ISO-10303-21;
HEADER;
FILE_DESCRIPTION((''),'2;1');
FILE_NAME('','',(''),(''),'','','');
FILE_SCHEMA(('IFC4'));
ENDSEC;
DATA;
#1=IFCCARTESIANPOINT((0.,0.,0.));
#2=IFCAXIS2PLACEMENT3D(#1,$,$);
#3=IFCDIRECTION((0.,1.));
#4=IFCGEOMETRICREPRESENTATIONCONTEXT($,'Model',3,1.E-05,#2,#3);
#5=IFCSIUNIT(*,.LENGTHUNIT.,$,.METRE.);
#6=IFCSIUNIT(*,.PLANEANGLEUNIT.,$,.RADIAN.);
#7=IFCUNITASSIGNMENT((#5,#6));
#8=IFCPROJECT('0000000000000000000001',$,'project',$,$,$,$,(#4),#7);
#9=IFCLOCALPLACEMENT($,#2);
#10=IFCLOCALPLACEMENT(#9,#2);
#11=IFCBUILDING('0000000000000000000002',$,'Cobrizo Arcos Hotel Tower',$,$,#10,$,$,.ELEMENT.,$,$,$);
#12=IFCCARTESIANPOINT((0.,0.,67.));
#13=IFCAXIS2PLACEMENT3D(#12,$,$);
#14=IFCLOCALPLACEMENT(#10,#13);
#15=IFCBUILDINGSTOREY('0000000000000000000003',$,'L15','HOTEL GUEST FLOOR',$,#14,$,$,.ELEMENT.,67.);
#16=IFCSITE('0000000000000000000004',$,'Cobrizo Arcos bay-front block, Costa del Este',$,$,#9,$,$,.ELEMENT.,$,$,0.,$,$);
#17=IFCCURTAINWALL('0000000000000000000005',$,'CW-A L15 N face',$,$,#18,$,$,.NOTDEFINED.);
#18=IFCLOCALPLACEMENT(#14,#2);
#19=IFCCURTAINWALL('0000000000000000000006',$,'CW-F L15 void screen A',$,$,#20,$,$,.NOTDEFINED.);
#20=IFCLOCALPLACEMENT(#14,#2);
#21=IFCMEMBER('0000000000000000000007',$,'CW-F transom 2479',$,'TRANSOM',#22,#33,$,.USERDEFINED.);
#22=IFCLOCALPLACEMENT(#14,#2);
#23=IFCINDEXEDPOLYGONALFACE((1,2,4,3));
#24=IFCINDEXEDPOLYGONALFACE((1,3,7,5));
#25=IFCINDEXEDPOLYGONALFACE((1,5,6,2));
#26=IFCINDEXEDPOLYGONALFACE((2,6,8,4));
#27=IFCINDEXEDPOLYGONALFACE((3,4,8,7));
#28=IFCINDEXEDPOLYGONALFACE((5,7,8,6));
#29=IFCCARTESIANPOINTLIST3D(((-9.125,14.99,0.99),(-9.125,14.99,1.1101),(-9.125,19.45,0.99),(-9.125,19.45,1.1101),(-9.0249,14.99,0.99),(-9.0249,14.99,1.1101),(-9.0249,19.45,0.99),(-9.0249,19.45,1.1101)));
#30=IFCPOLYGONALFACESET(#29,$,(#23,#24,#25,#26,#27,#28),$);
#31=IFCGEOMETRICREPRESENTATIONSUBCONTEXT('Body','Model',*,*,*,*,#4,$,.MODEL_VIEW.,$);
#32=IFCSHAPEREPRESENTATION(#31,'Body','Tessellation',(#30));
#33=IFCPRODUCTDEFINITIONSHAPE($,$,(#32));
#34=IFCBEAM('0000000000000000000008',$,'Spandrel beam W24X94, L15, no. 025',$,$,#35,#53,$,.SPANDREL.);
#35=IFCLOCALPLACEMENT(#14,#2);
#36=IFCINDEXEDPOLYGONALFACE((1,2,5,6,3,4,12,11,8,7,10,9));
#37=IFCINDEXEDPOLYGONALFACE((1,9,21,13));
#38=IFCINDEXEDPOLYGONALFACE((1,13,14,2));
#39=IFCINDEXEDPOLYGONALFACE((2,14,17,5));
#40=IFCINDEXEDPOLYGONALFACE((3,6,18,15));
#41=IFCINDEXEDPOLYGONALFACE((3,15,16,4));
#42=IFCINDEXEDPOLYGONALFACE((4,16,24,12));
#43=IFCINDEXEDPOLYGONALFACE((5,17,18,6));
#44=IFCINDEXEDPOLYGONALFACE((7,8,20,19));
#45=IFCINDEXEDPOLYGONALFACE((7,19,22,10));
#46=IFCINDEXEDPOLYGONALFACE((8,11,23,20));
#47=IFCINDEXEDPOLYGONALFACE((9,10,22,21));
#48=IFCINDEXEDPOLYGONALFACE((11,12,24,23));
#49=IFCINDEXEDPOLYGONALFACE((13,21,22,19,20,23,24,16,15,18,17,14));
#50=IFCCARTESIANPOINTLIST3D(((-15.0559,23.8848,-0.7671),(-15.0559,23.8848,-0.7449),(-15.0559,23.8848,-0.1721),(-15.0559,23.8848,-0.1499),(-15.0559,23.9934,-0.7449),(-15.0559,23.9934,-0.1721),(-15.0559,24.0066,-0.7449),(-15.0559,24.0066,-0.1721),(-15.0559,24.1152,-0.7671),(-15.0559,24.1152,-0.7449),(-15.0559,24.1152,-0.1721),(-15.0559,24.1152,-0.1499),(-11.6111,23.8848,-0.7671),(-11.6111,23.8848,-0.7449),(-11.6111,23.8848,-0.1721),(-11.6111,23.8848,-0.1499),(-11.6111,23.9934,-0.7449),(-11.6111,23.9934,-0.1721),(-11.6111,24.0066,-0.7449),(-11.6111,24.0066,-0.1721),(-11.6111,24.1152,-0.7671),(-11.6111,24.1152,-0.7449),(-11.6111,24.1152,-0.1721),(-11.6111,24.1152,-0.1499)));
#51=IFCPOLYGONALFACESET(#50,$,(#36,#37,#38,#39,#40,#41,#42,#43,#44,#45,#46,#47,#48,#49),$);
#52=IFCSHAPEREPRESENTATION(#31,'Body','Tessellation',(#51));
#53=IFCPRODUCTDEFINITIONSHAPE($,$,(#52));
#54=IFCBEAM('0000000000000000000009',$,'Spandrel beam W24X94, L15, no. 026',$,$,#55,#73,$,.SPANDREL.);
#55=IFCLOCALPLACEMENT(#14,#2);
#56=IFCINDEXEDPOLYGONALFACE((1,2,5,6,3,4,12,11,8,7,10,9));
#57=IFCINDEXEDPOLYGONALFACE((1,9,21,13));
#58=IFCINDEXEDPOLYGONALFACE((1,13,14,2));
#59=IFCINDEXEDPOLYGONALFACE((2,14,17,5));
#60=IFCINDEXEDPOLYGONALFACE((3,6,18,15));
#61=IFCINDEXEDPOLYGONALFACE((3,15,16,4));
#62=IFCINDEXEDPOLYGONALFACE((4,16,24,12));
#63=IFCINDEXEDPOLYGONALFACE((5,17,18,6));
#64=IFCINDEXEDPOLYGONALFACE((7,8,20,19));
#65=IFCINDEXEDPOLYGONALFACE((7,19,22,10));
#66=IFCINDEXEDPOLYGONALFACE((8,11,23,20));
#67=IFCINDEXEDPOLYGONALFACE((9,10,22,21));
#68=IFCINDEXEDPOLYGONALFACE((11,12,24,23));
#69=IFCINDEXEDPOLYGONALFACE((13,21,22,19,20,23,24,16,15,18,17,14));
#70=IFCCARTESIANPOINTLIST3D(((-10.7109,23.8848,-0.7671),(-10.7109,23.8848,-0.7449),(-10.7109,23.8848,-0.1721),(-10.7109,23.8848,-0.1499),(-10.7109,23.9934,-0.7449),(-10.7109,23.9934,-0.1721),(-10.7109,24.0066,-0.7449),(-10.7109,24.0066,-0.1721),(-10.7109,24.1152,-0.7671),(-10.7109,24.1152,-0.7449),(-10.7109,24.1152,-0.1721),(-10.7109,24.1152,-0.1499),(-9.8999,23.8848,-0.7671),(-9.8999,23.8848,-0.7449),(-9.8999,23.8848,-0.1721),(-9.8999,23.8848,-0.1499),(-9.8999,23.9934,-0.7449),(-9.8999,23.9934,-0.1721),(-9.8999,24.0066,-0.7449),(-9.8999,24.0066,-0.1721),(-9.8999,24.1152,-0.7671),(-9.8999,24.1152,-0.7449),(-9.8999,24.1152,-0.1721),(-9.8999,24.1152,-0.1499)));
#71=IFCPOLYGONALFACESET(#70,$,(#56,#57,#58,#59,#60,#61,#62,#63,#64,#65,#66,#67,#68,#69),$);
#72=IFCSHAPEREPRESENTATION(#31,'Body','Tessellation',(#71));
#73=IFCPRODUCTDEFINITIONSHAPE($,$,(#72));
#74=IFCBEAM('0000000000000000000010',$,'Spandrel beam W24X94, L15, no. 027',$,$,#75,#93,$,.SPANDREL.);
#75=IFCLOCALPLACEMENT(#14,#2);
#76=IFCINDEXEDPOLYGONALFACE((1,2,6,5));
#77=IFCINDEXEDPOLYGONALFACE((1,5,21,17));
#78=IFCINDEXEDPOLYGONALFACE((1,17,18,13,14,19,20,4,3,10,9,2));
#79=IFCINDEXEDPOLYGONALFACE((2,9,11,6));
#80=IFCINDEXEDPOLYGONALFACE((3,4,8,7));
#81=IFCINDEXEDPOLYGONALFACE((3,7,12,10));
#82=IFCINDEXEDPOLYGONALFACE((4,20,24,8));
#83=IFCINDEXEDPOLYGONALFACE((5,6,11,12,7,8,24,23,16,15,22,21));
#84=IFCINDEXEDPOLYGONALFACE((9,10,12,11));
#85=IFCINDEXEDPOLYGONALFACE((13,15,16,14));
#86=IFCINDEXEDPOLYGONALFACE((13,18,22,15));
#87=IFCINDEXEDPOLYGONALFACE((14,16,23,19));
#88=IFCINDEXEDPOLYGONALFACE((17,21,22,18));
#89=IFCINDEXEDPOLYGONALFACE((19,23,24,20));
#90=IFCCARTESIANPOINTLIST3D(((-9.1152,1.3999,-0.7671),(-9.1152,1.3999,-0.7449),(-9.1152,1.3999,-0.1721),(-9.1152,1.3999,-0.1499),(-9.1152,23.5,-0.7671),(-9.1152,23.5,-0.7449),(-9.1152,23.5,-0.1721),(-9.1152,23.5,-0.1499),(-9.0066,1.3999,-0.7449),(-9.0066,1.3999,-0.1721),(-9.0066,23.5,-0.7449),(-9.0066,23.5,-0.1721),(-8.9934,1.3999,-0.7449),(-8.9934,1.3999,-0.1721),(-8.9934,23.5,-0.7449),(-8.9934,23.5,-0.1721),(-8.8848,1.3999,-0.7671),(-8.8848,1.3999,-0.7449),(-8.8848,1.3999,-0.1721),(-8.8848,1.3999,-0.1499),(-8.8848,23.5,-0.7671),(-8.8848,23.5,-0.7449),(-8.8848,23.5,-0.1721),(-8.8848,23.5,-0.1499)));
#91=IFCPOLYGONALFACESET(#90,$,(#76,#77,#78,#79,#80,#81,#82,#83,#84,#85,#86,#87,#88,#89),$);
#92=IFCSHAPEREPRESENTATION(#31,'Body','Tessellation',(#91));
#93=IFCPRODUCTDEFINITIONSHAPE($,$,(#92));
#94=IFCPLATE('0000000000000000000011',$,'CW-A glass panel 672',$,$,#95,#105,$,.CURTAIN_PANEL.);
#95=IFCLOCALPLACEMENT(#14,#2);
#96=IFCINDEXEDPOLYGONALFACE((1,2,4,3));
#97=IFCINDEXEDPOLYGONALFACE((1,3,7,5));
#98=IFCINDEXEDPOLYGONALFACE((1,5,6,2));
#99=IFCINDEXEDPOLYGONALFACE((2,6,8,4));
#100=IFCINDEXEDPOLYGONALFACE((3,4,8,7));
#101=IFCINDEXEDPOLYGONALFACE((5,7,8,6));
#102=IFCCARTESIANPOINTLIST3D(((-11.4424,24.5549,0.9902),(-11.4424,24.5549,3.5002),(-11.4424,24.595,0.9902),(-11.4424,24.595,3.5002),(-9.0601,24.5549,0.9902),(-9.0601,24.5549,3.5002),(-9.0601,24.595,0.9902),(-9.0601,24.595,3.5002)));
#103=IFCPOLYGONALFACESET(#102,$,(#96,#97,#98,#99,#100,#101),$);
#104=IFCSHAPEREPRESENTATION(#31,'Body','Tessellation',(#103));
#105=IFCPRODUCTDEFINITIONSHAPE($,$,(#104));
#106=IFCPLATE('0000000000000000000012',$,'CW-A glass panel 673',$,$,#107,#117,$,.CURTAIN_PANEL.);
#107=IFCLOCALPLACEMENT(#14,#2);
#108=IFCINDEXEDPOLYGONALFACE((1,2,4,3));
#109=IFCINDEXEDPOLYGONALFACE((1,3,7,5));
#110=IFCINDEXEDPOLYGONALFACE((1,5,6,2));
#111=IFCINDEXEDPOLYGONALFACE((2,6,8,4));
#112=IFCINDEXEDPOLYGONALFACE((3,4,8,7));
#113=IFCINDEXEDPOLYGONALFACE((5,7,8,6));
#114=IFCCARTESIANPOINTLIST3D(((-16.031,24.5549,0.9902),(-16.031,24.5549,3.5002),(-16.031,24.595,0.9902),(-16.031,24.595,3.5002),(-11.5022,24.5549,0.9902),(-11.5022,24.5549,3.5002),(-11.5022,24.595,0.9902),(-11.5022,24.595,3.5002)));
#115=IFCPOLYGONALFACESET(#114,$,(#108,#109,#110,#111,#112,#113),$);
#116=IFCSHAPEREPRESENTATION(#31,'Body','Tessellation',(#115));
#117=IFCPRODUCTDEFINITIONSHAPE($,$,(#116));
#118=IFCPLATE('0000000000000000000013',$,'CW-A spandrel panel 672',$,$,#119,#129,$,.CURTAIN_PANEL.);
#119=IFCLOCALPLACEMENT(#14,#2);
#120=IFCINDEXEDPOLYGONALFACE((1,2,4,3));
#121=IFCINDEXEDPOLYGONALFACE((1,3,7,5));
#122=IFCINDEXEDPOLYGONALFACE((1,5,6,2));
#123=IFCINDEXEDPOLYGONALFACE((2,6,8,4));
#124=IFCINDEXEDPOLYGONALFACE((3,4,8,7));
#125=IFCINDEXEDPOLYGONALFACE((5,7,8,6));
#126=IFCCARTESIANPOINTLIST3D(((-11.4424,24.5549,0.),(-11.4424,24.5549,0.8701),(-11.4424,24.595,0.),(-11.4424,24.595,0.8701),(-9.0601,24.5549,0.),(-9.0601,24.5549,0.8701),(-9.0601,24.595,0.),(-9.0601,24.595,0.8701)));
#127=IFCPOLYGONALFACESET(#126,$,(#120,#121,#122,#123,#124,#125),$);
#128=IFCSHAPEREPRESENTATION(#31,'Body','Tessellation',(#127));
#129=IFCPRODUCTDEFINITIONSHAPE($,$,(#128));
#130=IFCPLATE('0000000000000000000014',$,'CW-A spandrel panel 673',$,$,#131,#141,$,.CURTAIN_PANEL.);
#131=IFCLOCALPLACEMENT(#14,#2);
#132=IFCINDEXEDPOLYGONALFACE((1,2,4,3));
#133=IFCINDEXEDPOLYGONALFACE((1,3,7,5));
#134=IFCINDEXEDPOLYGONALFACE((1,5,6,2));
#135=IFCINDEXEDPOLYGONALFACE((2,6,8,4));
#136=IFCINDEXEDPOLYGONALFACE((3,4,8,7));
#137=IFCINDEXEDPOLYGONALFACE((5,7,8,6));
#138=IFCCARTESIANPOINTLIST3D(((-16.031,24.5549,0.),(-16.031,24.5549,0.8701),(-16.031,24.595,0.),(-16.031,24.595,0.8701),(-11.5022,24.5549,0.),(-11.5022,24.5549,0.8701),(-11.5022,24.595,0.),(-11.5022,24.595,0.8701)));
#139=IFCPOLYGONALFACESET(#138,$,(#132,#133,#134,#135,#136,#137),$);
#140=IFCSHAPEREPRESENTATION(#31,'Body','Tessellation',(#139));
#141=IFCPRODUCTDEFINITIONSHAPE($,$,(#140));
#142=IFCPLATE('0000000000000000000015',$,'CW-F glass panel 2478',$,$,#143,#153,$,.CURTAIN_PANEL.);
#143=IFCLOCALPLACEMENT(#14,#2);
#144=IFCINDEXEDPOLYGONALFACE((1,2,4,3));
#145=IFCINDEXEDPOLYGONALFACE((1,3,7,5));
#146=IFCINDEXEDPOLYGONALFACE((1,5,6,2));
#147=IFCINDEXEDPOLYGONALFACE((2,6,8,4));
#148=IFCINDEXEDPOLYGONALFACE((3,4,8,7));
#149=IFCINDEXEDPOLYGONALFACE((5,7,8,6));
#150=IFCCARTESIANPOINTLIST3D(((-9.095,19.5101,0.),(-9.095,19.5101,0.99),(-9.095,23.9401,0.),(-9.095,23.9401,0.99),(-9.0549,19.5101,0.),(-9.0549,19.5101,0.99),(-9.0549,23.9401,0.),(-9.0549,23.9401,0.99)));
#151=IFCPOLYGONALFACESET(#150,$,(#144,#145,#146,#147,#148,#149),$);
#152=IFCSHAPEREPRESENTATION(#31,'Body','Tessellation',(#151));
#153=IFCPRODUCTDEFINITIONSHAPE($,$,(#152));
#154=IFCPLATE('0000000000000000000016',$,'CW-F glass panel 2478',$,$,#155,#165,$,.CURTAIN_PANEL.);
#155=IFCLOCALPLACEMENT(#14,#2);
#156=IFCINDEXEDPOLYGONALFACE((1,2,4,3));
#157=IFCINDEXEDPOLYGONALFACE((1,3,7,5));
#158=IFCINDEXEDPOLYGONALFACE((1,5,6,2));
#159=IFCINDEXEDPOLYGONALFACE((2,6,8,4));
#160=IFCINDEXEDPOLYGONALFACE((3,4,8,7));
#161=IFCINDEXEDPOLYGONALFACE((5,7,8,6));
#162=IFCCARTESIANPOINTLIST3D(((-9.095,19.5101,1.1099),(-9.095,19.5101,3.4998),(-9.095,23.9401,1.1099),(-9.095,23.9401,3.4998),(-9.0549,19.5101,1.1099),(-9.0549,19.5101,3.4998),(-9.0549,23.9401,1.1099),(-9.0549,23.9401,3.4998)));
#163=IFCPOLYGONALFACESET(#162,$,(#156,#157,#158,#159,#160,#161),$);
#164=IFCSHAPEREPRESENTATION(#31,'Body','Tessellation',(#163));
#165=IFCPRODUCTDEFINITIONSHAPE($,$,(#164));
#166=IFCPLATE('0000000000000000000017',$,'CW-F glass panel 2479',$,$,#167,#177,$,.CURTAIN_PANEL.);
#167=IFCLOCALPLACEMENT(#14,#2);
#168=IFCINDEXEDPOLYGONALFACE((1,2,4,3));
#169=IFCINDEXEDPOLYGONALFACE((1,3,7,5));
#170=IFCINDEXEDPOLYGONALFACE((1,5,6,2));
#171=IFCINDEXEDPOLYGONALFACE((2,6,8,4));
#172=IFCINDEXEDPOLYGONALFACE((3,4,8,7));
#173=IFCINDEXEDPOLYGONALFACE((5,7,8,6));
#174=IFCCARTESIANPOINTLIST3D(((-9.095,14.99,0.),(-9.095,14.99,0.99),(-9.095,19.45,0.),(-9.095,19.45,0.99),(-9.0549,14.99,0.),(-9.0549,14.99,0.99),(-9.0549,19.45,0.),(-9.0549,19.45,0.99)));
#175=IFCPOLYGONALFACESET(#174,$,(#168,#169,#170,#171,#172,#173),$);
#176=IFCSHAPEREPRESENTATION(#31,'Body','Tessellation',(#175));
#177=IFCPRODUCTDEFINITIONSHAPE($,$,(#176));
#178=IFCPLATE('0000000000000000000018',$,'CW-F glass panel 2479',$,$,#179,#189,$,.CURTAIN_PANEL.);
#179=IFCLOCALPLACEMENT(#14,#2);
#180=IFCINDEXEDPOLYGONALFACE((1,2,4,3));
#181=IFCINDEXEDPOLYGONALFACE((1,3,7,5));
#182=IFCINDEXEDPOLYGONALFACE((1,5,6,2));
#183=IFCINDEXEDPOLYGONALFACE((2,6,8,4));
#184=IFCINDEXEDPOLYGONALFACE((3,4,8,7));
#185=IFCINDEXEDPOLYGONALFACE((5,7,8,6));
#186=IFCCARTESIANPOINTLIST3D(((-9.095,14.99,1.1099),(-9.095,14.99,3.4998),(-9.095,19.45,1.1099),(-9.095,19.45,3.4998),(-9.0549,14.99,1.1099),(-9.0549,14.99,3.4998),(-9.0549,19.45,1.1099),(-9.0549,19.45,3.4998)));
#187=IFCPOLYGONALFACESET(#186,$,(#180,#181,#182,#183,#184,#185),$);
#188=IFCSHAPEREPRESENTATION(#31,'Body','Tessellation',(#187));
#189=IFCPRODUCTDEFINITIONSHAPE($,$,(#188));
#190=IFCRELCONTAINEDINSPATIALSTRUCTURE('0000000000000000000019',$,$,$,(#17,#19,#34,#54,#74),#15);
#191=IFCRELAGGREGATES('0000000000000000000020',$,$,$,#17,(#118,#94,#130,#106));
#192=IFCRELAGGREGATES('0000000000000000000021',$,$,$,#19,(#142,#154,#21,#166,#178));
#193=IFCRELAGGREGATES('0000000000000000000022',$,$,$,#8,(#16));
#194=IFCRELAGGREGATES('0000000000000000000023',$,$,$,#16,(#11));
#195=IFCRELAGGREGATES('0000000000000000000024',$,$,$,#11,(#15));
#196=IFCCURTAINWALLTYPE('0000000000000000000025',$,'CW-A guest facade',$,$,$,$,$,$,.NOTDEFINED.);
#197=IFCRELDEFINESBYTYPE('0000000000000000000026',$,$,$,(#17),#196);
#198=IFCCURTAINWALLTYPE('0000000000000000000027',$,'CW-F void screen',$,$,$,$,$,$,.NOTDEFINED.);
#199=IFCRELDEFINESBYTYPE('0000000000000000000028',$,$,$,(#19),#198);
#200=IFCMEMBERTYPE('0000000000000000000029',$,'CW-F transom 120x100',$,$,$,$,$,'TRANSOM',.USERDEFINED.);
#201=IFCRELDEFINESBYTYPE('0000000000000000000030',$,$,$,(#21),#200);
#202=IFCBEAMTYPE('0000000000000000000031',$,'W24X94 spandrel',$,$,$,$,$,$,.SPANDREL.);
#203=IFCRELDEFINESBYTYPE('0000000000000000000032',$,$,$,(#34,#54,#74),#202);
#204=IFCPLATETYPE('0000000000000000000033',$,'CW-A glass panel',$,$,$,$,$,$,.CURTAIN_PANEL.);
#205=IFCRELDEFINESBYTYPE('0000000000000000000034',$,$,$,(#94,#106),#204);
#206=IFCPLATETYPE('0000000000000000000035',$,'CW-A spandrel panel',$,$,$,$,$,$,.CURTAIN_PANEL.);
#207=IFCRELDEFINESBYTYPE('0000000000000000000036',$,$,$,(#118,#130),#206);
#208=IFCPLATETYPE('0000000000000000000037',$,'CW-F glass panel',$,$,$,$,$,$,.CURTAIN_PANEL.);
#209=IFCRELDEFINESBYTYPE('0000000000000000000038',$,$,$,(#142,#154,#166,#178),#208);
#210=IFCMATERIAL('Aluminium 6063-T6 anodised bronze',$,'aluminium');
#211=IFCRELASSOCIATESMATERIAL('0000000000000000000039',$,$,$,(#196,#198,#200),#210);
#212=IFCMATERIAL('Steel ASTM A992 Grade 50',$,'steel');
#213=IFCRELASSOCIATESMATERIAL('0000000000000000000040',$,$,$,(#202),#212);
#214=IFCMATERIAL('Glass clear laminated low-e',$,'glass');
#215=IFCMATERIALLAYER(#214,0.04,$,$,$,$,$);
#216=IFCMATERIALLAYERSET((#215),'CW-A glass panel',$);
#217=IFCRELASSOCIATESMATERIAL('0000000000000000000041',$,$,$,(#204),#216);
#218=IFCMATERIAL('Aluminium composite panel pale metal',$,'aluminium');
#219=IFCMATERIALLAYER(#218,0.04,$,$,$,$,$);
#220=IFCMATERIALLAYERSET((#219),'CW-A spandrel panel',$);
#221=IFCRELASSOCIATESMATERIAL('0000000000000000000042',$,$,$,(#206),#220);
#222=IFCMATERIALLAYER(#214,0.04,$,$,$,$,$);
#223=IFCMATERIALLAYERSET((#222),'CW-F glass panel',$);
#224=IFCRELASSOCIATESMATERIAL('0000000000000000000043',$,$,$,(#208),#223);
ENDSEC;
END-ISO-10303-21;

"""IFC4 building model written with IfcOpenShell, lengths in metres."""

from ifc_helpers import new_model, si_unit, direction, frame, origin, origin_2d, place, context, subcontext, project, spatial, rectangle, i_section, extrude, material, layer, layer_set, material_profile, profile_set, type_object, element, aggregate, save


model = new_model("IFC4")

# Units and contexts
model_context = context("Model", 3, precision=1e-05, world=origin(), true_north=direction((0.0, 1.0)))
body_context = subcontext(model_context, "Body", "Model", "MODEL_VIEW")
ifc_project = project(units=[si_unit("LENGTHUNIT", "METRE"), si_unit("PLANEANGLEUNIT", "RADIAN")], contexts=[model_context])

# Site, building, storey
site_placement = place(None, origin())
site = spatial("IfcSite", under=ifc_project, at=site_placement, Name="Cobrizo Arcos bay-front block, Costa del Este", CompositionType="ELEMENT", RefElevation=0.0)
building_placement = place(site_placement, origin())
building = spatial("IfcBuilding", under=site, at=building_placement, Name="Cobrizo Arcos Hotel Tower", CompositionType="ELEMENT")
storey_placement = place(building_placement, frame((0.0, 0.0, 67.0)))
storey = spatial("IfcBuildingStorey", under=building, at=storey_placement, Name="L15", Description="HOTEL GUEST FLOOR", CompositionType="ELEMENT", Elevation=67.0)

# Curtain walls, member
ifc_material_1 = material(Name="Aluminium 6063-T6 anodised bronze", Category="aluminium")
curtain_wall_type_1 = type_object("IfcCurtainWallType", Name="CW-A guest facade", PredefinedType="NOTDEFINED", material=ifc_material_1)
curtain_wall_1_placement = place(storey_placement, origin())
curtain_wall_1 = element("IfcCurtainWall", 1, at=curtain_wall_1_placement, inside=storey, type_object=curtain_wall_type_1, Name="CW-A L15 N face", PredefinedType="NOTDEFINED")
curtain_wall_type_2 = type_object("IfcCurtainWallType", Name="CW-F void screen", PredefinedType="NOTDEFINED", material=ifc_material_1)
curtain_wall_2_placement = place(storey_placement, origin())
curtain_wall_2 = element("IfcCurtainWall", 2, at=curtain_wall_2_placement, inside=storey, type_object=curtain_wall_type_2, Name="CW-F L15 void screen A", PredefinedType="NOTDEFINED")
ifc_material_profile_1 = material_profile(ifc_material_1, rectangle(XDim=0.1001, YDim=0.1201, at=origin_2d()), Name="CW-F transom 120x100")
ifc_profile_set_1 = profile_set([ifc_material_profile_1], Name="Aluminium 6063-T6 anodised bronze")
member_type_1 = type_object("IfcMemberType", Name="CW-F transom 120x100", ElementType="TRANSOM", PredefinedType="USERDEFINED", material=ifc_profile_set_1)
member_1_placement = place(storey_placement, frame((-9.075, 19.45, 1.05), z_axis=(0.0, -1.0, 0.0), x_axis=(1.0, 0.0, 0.0)))
member_1 = element("IfcMember", 3, at=member_1_placement, type_object=member_type_1, Name="CW-F transom 2479", ObjectType="TRANSOM", PredefinedType="USERDEFINED", context=body_context, shape_type="SweptSolid", body=[
    extrude(rectangle(XDim=0.1001, YDim=0.1201, at=origin_2d()), origin(), (0.0, 0.0, 1.0), 4.46),
])

# Beams
ifc_material_2 = material(Name="Steel ASTM A992 Grade 50", Category="steel")
ifc_material_profile_2 = material_profile(ifc_material_2, i_section(OverallWidth=0.2305, OverallDepth=0.6172, WebThickness=0.0132, FlangeThickness=0.0222, at=origin_2d()), Name="W24X94")
ifc_profile_set_2 = profile_set([ifc_material_profile_2], Name="Steel ASTM A992 Grade 50")
beam_type = type_object("IfcBeamType", Name="W24X94 spandrel", PredefinedType="SPANDREL", material=ifc_profile_set_2)
beam_1_placement = place(storey_placement, frame((-15.0559, 24.0, -0.4585), z_axis=(1.0, 0.0, 0.0), x_axis=(0.0, 1.0, 0.0)))
element("IfcBeam", 4, at=beam_1_placement, inside=storey, type_object=beam_type, Name="Spandrel beam W24X94, L15, no. 025", PredefinedType="SPANDREL", context=body_context, shape_type="SweptSolid", body=[
    extrude(i_section(OverallWidth=0.2305, OverallDepth=0.6172, WebThickness=0.0132, FlangeThickness=0.0222, at=origin_2d()), origin(), (0.0, 0.0, 1.0), 3.4448),
])
beam_2_placement = place(storey_placement, frame((-10.7109, 24.0, -0.4585), z_axis=(1.0, 0.0, 0.0), x_axis=(0.0, 1.0, 0.0)))
element("IfcBeam", 5, at=beam_2_placement, inside=storey, type_object=beam_type, Name="Spandrel beam W24X94, L15, no. 026", PredefinedType="SPANDREL", context=body_context, shape_type="SweptSolid", body=[
    extrude(i_section(OverallWidth=0.2305, OverallDepth=0.6172, WebThickness=0.0132, FlangeThickness=0.0222, at=origin_2d()), origin(), (0.0, 0.0, 1.0), 0.811),
])
beam_3_placement = place(storey_placement, frame((-9.0, 23.5, -0.4585), z_axis=(0.0, -1.0, 0.0), x_axis=(1.0, 0.0, 0.0)))
element("IfcBeam", 6, at=beam_3_placement, inside=storey, type_object=beam_type, Name="Spandrel beam W24X94, L15, no. 027", PredefinedType="SPANDREL", context=body_context, shape_type="SweptSolid", body=[
    extrude(i_section(OverallWidth=0.2305, OverallDepth=0.6172, WebThickness=0.0132, FlangeThickness=0.0222, at=origin_2d()), origin(), (0.0, 0.0, 1.0), 22.1001),
])

# Plates
ifc_material_3 = material(Name="Glass clear laminated low-e", Category="glass")
ifc_layer_1 = layer(ifc_material_3, 0.04)
ifc_layer_set_1 = layer_set([ifc_layer_1], Name="CW-A glass panel")
plate_type_1 = type_object("IfcPlateType", Name="CW-A glass panel", PredefinedType="CURTAIN_PANEL", material=ifc_layer_set_1)
plate_1_placement = place(storey_placement, frame((-10.2512, 24.575, 0.9902), z_axis=(0.0, 0.0, 1.0), x_axis=(-1.0, 0.0, 0.0)))
plate_1 = element("IfcPlate", 7, at=plate_1_placement, type_object=plate_type_1, Name="CW-A glass panel 672", PredefinedType="CURTAIN_PANEL", context=body_context, shape_type="SweptSolid", body=[
    extrude(rectangle(XDim=2.3823, YDim=0.04, at=origin_2d()), origin(), (0.0, 0.0, 1.0), 2.51),
])
plate_2_placement = place(storey_placement, frame((-13.7666, 24.575, 0.9902), z_axis=(0.0, 0.0, 1.0), x_axis=(-1.0, 0.0, 0.0)))
plate_2 = element("IfcPlate", 8, at=plate_2_placement, type_object=plate_type_1, Name="CW-A glass panel 673", PredefinedType="CURTAIN_PANEL", context=body_context, shape_type="SweptSolid", body=[
    extrude(rectangle(XDim=4.5288, YDim=0.04, at=origin_2d()), origin(), (0.0, 0.0, 1.0), 2.51),
])
ifc_material_4 = material(Name="Aluminium composite panel pale metal", Category="aluminium")
ifc_layer_2 = layer(ifc_material_4, 0.04)
ifc_layer_set_2 = layer_set([ifc_layer_2], Name="CW-A spandrel panel")
plate_type_2 = type_object("IfcPlateType", Name="CW-A spandrel panel", PredefinedType="CURTAIN_PANEL", material=ifc_layer_set_2)
plate_3_placement = place(storey_placement, frame((-10.2512, 24.575, 0.0), z_axis=(0.0, 0.0, 1.0), x_axis=(-1.0, 0.0, 0.0)))
plate_3 = element("IfcPlate", 9, at=plate_3_placement, type_object=plate_type_2, Name="CW-A spandrel panel 672", PredefinedType="CURTAIN_PANEL", context=body_context, shape_type="SweptSolid", body=[
    extrude(rectangle(XDim=2.3823, YDim=0.04, at=origin_2d()), origin(), (0.0, 0.0, 1.0), 0.8701),
])
plate_4_placement = place(storey_placement, frame((-13.7666, 24.575, 0.0), z_axis=(0.0, 0.0, 1.0), x_axis=(-1.0, 0.0, 0.0)))
plate_4 = element("IfcPlate", 10, at=plate_4_placement, type_object=plate_type_2, Name="CW-A spandrel panel 673", PredefinedType="CURTAIN_PANEL", context=body_context, shape_type="SweptSolid", body=[
    extrude(rectangle(XDim=4.5288, YDim=0.04, at=origin_2d()), origin(), (0.0, 0.0, 1.0), 0.8701),
])
aggregate(curtain_wall_1, [plate_3, plate_1, plate_4, plate_2])
ifc_layer_3 = layer(ifc_material_3, 0.04)
ifc_layer_set_3 = layer_set([ifc_layer_3], Name="CW-F glass panel")
plate_type_3 = type_object("IfcPlateType", Name="CW-F glass panel", PredefinedType="CURTAIN_PANEL", material=ifc_layer_set_3)
plate_5_placement = place(storey_placement, frame((-9.075, 21.7251, 0.0), z_axis=(0.0, 0.0, 1.0), x_axis=(0.0, -1.0, 0.0)))
plate_5 = element("IfcPlate", 11, at=plate_5_placement, type_object=plate_type_3, Name="CW-F glass panel 2478", PredefinedType="CURTAIN_PANEL", context=body_context, shape_type="SweptSolid", body=[
    extrude(rectangle(XDim=4.4299, YDim=0.04, at=origin_2d()), origin(), (0.0, 0.0, 1.0), 0.99),
])
plate_6_placement = place(storey_placement, frame((-9.075, 21.7251, 1.1099), z_axis=(0.0, 0.0, 1.0), x_axis=(0.0, -1.0, 0.0)))
plate_6 = element("IfcPlate", 12, at=plate_6_placement, type_object=plate_type_3, Name="CW-F glass panel 2478", PredefinedType="CURTAIN_PANEL", context=body_context, shape_type="SweptSolid", body=[
    extrude(rectangle(XDim=4.4299, YDim=0.04, at=origin_2d()), origin(), (0.0, 0.0, 1.0), 2.3899),
])
plate_7_placement = place(storey_placement, frame((-9.075, 17.22, 0.0), z_axis=(0.0, 0.0, 1.0), x_axis=(0.0, -1.0, 0.0)))
plate_7 = element("IfcPlate", 13, at=plate_7_placement, type_object=plate_type_3, Name="CW-F glass panel 2479", PredefinedType="CURTAIN_PANEL", context=body_context, shape_type="SweptSolid", body=[
    extrude(rectangle(XDim=4.46, YDim=0.04, at=origin_2d()), origin(), (0.0, 0.0, 1.0), 0.99),
])
plate_8_placement = place(storey_placement, frame((-9.075, 17.22, 1.1099), z_axis=(0.0, 0.0, 1.0), x_axis=(0.0, -1.0, 0.0)))
plate_8 = element("IfcPlate", 14, at=plate_8_placement, type_object=plate_type_3, Name="CW-F glass panel 2479", PredefinedType="CURTAIN_PANEL", context=body_context, shape_type="SweptSolid", body=[
    extrude(rectangle(XDim=4.46, YDim=0.04, at=origin_2d()), origin(), (0.0, 0.0, 1.0), 2.3899),
])
aggregate(curtain_wall_2, [plate_5, plate_6, member_1, plate_7, plate_8])

save(model, "model.ifc")
